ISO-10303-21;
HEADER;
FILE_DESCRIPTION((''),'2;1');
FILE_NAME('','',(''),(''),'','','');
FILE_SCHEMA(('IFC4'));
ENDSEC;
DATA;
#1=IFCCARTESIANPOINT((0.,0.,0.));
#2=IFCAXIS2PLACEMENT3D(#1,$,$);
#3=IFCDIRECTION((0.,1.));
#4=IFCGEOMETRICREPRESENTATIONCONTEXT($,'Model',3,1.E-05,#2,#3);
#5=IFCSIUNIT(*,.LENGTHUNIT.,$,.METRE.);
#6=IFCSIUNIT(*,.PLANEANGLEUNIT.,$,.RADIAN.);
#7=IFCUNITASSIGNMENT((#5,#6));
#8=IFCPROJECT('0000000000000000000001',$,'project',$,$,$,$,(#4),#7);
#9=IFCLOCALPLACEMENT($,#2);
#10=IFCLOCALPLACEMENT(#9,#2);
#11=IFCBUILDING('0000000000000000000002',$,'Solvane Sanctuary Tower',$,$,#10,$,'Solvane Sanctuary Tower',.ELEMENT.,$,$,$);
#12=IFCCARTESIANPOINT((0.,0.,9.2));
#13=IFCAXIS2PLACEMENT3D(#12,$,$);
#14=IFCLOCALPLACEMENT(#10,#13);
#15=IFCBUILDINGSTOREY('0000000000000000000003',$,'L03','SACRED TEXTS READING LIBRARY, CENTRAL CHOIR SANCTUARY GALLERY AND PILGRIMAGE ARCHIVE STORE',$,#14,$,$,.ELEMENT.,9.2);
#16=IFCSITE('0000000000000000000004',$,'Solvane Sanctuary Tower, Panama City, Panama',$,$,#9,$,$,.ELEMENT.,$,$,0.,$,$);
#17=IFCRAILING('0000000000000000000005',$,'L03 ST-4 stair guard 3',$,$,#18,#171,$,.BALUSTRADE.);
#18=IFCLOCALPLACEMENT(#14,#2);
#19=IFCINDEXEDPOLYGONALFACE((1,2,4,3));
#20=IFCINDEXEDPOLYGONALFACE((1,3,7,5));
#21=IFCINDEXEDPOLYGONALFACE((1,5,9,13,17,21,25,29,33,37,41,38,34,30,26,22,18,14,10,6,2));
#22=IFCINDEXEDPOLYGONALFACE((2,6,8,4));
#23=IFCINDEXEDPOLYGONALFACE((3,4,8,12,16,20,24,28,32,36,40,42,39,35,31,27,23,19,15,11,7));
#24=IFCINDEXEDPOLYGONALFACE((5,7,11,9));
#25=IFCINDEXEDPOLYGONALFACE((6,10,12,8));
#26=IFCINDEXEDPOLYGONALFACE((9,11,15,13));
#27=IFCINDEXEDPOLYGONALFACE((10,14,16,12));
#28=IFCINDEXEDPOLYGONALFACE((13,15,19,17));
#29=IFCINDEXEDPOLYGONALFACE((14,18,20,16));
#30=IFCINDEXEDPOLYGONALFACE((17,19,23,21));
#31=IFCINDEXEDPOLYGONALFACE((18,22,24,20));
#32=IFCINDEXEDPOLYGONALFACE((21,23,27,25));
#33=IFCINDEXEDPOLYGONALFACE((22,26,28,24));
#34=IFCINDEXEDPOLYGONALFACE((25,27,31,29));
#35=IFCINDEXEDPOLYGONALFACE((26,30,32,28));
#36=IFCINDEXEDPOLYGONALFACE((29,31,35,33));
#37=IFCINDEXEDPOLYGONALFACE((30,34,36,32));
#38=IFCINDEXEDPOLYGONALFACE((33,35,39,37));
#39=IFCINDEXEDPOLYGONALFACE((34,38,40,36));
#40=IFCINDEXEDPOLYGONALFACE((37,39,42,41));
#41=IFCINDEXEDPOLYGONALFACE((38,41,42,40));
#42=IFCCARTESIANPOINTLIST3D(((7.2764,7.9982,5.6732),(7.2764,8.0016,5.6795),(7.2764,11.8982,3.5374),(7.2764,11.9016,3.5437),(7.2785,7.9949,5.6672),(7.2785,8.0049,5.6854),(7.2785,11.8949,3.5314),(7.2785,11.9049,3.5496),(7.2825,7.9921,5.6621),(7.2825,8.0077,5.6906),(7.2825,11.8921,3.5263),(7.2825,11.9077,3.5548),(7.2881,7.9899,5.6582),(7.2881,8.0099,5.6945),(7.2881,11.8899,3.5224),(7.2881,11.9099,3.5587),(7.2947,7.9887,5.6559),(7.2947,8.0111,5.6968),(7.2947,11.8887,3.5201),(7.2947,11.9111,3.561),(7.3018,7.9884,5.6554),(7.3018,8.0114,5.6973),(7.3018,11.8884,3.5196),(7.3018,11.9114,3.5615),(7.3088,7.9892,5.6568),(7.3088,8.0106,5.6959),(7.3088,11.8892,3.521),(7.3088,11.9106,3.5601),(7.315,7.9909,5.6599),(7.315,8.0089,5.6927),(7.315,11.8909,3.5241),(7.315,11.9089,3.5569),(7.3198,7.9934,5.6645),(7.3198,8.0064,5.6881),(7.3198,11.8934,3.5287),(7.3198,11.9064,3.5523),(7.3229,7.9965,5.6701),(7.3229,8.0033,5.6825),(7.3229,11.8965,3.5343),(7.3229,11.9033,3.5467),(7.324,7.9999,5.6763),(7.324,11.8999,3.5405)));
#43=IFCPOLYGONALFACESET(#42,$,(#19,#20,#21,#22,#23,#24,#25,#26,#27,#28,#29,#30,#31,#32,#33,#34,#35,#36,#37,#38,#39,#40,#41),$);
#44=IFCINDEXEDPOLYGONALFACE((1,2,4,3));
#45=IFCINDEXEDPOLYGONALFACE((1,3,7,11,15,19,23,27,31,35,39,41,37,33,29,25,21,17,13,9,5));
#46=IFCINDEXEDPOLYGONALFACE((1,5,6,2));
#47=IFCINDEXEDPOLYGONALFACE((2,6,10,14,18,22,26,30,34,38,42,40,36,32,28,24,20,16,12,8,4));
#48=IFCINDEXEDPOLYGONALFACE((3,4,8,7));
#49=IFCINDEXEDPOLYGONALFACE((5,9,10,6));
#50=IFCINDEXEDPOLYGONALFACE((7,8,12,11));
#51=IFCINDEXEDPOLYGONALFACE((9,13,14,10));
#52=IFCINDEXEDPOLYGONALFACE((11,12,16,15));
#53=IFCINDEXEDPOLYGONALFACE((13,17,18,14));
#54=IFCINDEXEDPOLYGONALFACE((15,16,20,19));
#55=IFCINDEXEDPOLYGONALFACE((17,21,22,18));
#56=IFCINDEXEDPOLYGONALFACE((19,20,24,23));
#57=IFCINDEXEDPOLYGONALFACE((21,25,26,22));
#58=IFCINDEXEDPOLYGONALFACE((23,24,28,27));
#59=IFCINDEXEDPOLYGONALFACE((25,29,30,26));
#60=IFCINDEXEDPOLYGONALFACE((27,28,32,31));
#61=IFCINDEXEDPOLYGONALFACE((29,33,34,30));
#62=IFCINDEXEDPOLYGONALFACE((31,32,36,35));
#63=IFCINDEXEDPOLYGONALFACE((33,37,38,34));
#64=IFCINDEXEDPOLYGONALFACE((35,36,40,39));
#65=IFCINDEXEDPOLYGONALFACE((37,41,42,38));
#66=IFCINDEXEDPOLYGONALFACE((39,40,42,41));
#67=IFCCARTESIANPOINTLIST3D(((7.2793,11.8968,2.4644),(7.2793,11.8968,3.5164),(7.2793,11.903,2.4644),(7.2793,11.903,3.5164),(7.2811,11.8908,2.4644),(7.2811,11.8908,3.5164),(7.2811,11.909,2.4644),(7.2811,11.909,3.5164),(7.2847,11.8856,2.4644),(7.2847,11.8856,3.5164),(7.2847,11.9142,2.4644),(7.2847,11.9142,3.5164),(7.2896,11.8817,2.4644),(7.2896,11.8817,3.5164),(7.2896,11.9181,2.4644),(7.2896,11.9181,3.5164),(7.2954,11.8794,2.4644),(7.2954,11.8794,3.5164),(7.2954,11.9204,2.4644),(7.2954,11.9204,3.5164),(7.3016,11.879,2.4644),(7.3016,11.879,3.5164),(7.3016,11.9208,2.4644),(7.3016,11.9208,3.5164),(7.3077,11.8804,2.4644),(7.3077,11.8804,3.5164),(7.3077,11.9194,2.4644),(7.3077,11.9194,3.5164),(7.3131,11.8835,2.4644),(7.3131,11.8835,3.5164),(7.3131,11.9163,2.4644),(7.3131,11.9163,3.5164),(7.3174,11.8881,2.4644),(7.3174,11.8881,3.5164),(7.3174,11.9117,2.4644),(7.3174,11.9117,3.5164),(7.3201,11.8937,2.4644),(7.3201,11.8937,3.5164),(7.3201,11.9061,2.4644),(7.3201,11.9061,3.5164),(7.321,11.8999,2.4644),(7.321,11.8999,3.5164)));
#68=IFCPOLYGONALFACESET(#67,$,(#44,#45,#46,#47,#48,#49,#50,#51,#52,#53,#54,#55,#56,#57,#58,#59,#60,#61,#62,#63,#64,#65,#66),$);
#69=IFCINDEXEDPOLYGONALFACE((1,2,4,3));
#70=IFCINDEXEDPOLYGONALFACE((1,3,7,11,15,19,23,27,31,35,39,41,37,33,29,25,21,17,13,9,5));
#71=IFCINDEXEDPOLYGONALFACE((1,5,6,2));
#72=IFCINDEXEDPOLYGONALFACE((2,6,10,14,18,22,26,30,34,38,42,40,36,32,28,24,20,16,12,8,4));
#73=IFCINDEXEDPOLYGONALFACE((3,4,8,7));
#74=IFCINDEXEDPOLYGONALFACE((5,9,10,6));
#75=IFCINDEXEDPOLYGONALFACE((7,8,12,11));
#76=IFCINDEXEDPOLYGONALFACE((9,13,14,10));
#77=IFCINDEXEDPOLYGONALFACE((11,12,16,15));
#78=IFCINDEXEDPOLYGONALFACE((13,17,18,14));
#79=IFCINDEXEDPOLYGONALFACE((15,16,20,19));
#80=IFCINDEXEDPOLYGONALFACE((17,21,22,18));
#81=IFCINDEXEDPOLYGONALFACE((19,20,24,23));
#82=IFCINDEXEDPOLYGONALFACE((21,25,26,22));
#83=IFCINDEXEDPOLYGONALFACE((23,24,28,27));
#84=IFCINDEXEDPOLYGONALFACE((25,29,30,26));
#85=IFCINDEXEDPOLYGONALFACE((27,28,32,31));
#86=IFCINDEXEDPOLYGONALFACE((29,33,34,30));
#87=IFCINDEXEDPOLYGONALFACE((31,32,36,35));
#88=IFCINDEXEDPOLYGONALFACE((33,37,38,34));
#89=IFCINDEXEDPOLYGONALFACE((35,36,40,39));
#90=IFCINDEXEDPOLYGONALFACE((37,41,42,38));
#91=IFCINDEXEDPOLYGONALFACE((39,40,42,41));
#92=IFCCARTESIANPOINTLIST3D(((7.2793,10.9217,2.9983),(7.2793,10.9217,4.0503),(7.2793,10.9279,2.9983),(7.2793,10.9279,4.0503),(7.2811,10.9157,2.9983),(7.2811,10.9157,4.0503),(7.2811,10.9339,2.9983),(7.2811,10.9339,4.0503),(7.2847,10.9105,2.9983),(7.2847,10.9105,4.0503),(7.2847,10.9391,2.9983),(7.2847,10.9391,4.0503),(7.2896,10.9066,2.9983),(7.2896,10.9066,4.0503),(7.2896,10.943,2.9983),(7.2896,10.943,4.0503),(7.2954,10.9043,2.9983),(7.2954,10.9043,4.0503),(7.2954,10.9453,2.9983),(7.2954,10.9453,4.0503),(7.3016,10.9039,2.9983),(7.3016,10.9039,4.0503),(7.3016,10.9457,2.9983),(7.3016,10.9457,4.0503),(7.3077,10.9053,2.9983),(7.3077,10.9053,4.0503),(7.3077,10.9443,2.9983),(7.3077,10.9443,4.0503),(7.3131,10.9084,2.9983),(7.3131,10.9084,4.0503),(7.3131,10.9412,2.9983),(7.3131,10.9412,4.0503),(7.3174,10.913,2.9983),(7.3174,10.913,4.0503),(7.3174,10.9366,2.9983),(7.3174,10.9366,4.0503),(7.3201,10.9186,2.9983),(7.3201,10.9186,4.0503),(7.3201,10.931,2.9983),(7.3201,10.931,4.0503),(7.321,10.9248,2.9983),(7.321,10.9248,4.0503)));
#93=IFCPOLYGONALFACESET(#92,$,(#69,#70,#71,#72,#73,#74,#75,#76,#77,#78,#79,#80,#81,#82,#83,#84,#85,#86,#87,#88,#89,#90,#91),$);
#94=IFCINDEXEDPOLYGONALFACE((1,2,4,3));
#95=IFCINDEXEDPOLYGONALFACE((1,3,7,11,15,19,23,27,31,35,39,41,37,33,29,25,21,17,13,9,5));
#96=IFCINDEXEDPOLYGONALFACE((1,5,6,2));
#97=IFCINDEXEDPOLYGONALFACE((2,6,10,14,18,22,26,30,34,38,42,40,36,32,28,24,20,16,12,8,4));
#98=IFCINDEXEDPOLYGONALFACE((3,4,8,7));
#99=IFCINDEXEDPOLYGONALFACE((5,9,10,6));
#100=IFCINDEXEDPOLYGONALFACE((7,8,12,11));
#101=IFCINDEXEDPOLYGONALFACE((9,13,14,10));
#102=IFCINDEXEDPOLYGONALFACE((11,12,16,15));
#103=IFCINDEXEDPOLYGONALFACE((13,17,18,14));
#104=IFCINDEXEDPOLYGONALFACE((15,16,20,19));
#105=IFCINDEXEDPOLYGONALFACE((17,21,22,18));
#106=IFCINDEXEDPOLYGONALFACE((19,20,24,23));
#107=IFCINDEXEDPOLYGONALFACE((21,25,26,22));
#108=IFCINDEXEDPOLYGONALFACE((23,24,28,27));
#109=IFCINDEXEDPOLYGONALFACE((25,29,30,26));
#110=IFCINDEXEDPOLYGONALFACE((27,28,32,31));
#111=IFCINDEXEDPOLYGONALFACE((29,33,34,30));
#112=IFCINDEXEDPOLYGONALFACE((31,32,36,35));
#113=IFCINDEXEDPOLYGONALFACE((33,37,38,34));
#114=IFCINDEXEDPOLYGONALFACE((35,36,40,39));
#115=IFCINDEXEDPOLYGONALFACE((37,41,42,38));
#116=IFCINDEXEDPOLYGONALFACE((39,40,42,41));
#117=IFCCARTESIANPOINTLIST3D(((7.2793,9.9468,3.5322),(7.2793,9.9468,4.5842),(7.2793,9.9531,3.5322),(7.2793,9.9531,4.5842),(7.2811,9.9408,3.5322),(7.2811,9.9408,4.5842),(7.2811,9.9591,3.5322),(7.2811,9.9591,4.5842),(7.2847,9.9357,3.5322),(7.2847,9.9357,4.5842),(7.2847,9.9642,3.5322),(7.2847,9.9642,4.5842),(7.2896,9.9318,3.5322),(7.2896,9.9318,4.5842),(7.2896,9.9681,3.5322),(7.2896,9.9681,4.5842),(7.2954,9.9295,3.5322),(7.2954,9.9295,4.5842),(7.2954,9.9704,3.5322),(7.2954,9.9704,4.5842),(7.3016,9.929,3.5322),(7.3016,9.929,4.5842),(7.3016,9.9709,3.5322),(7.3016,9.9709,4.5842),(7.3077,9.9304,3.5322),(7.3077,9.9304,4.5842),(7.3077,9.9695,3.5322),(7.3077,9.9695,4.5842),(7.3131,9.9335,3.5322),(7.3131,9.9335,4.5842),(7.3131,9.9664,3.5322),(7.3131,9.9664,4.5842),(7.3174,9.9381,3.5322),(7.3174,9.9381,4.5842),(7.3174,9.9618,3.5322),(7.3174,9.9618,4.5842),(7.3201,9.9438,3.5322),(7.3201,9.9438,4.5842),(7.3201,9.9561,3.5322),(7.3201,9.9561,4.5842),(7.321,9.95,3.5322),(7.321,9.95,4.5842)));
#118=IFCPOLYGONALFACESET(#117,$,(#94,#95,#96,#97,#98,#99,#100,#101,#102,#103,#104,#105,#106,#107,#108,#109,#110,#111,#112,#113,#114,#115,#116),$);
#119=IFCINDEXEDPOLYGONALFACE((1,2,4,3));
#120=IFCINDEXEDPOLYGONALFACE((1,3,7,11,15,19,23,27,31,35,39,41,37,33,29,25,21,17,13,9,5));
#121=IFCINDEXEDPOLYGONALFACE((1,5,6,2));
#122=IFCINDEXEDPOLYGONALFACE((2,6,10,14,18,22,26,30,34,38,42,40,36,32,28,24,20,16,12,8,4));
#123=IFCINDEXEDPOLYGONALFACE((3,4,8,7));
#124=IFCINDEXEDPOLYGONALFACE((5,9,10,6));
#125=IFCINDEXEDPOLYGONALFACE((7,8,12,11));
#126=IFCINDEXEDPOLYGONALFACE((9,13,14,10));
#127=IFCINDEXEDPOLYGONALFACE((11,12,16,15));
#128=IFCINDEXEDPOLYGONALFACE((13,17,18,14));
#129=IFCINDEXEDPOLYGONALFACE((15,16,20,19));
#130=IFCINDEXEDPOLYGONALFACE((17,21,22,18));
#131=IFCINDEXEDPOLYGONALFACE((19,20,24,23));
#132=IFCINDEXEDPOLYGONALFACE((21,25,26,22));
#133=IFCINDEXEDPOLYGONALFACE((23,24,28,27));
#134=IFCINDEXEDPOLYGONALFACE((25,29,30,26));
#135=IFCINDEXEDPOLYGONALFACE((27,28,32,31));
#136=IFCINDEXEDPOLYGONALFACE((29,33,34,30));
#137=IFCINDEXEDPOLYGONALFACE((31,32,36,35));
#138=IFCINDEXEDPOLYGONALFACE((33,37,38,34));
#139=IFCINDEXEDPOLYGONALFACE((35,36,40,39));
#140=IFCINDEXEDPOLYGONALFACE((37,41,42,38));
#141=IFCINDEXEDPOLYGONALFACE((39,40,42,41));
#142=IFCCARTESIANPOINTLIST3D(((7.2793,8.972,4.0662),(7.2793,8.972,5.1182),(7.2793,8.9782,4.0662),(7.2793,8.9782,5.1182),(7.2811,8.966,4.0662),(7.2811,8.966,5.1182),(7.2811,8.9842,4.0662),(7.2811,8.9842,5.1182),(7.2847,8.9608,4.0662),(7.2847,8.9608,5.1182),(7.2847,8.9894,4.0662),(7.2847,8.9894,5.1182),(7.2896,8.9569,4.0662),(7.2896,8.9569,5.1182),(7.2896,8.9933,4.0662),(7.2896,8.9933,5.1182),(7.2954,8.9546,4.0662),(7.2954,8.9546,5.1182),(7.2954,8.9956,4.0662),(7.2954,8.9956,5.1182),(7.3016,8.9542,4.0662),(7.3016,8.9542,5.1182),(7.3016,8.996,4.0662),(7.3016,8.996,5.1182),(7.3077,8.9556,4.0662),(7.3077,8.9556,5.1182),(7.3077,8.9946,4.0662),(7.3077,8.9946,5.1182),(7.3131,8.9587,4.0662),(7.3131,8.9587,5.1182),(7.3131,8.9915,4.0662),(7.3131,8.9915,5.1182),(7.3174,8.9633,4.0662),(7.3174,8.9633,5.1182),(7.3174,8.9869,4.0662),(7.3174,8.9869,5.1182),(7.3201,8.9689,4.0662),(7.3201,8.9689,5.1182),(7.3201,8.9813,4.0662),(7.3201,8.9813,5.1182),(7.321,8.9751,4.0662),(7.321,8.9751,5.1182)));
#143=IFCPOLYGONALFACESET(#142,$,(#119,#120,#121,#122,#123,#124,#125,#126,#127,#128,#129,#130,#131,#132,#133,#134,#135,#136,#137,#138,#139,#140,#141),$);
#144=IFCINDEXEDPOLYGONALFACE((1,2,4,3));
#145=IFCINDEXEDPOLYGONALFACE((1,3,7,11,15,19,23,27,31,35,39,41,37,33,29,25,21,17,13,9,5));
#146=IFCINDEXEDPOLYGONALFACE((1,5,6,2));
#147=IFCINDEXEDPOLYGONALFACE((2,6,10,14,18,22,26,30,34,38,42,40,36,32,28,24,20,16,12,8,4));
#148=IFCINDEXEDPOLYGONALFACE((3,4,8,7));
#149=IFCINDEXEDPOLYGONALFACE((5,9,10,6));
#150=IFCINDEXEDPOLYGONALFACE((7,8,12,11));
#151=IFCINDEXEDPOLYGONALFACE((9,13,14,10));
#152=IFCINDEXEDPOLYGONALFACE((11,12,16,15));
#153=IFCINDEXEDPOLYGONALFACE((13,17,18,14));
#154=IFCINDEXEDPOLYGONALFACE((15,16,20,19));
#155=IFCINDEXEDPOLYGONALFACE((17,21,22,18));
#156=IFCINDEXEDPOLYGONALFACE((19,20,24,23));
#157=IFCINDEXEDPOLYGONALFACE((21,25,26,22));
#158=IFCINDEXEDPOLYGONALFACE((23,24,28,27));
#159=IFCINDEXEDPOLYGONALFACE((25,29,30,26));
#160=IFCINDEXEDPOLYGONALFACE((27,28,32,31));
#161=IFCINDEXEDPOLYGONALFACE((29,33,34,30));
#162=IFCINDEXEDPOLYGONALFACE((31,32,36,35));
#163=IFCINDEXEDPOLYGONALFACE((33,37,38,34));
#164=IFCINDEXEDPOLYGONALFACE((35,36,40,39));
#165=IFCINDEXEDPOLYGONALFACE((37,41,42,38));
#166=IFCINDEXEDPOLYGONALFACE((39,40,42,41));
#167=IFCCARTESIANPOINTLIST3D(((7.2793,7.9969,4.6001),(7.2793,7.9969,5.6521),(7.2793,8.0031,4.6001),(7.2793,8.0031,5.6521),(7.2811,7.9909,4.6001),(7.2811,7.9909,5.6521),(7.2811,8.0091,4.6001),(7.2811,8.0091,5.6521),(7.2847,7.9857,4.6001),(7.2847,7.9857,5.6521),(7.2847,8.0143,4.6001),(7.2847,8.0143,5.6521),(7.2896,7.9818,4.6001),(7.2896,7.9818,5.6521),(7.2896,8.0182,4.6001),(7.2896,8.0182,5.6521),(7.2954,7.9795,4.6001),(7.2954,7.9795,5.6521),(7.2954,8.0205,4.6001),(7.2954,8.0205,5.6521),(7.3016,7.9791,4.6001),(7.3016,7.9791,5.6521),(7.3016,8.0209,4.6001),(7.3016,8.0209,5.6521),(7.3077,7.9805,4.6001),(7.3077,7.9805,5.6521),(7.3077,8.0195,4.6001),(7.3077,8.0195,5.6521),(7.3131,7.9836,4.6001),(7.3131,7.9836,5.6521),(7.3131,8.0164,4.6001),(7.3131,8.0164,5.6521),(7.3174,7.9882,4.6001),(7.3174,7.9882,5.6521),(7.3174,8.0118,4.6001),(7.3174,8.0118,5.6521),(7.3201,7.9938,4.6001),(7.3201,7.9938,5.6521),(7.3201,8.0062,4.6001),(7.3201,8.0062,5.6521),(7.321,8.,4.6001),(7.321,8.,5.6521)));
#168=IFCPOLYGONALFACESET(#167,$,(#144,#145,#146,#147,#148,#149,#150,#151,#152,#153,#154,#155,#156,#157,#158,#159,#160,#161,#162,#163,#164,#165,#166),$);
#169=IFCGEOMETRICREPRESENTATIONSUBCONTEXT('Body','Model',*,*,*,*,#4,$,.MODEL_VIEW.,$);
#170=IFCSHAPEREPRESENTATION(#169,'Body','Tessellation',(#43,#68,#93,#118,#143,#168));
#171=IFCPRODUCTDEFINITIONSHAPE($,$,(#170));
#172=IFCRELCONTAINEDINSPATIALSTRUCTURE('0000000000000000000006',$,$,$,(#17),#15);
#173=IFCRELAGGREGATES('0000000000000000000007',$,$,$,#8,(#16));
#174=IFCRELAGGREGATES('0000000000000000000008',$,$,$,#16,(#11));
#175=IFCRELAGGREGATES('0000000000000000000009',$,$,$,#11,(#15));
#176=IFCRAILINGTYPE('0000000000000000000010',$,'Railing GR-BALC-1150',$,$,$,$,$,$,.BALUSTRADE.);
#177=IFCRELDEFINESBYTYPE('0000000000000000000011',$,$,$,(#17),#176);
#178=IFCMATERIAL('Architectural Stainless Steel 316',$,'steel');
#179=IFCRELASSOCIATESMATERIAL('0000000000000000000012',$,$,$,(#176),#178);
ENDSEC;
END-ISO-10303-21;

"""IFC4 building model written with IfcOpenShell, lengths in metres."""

from ifc_helpers import new_model, si_unit, direction, frame, origin, origin_2d, place, context, subcontext, project, spatial, circle, extrude, material, type_object, element, save


model = new_model("IFC4")

# Units and contexts
model_context = context("Model", 3, precision=1e-05, world=origin(), true_north=direction((0.0, 1.0)))
body_context = subcontext(model_context, "Body", "Model", "MODEL_VIEW")
ifc_project = project(units=[si_unit("LENGTHUNIT", "METRE"), si_unit("PLANEANGLEUNIT", "RADIAN")], contexts=[model_context])

# Site, building, storey
site_placement = place(None, origin())
site = spatial("IfcSite", under=ifc_project, at=site_placement, Name="Solvane Sanctuary Tower, Panama City, Panama", CompositionType="ELEMENT", RefElevation=0.0)
building_placement = place(site_placement, origin())
building = spatial("IfcBuilding", under=site, at=building_placement, Name="Solvane Sanctuary Tower", LongName="Solvane Sanctuary Tower", CompositionType="ELEMENT")
storey_placement = place(building_placement, frame((0.0, 0.0, 9.2)))
storey = spatial("IfcBuildingStorey", under=building, at=storey_placement, Name="L03", Description="SACRED TEXTS READING LIBRARY, CENTRAL CHOIR SANCTUARY GALLERY AND PILGRIMAGE ARCHIVE STORE", CompositionType="ELEMENT", Elevation=9.2)

# Shared definitions
ifc_material_1 = material(Name="Architectural Stainless Steel 316", Category="steel")

# Railing
railing_type_1 = type_object("IfcRailingType", Name="Railing GR-BALC-1150", PredefinedType="BALUSTRADE", material=ifc_material_1)
railing_1_placement = place(storey_placement, frame((7.3, 11.8999, 2.4644)))
element("IfcRailing", 1, at=railing_1_placement, inside=storey, type_object=railing_type_1, Name="L03 ST-4 stair guard 3", PredefinedType="BALUSTRADE", context=body_context, shape_type="SweptSolid", body=[
    extrude(circle(Radius=0.0239, at=origin_2d()), frame((0.0, 0.0, 1.0762), z_axis=(0.0, -0.877089, 0.480329), x_axis=(1.0, 0.0, 0.0)), (0.0, 0.0, 1.0), 4.4465),
    extrude(circle(Radius=0.021, at=origin_2d()), origin(), (0.0, 0.0, 1.0), 1.052),
    extrude(circle(Radius=0.021, at=origin_2d()), frame((0.0, -0.9751, 0.5339)), (0.0, 0.0, 1.0), 1.052),
    extrude(circle(Radius=0.021, at=origin_2d()), frame((0.0, -1.95, 1.0679)), (0.0, 0.0, 1.0), 1.052),
    extrude(circle(Radius=0.021, at=origin_2d()), frame((0.0, -2.9248, 1.6018)), (0.0, 0.0, 1.0), 1.052),
    extrude(circle(Radius=0.021, at=origin_2d()), frame((0.0, -3.8999, 2.1357)), (0.0, 0.0, 1.0), 1.052),
])

save(model, "model.ifc")
